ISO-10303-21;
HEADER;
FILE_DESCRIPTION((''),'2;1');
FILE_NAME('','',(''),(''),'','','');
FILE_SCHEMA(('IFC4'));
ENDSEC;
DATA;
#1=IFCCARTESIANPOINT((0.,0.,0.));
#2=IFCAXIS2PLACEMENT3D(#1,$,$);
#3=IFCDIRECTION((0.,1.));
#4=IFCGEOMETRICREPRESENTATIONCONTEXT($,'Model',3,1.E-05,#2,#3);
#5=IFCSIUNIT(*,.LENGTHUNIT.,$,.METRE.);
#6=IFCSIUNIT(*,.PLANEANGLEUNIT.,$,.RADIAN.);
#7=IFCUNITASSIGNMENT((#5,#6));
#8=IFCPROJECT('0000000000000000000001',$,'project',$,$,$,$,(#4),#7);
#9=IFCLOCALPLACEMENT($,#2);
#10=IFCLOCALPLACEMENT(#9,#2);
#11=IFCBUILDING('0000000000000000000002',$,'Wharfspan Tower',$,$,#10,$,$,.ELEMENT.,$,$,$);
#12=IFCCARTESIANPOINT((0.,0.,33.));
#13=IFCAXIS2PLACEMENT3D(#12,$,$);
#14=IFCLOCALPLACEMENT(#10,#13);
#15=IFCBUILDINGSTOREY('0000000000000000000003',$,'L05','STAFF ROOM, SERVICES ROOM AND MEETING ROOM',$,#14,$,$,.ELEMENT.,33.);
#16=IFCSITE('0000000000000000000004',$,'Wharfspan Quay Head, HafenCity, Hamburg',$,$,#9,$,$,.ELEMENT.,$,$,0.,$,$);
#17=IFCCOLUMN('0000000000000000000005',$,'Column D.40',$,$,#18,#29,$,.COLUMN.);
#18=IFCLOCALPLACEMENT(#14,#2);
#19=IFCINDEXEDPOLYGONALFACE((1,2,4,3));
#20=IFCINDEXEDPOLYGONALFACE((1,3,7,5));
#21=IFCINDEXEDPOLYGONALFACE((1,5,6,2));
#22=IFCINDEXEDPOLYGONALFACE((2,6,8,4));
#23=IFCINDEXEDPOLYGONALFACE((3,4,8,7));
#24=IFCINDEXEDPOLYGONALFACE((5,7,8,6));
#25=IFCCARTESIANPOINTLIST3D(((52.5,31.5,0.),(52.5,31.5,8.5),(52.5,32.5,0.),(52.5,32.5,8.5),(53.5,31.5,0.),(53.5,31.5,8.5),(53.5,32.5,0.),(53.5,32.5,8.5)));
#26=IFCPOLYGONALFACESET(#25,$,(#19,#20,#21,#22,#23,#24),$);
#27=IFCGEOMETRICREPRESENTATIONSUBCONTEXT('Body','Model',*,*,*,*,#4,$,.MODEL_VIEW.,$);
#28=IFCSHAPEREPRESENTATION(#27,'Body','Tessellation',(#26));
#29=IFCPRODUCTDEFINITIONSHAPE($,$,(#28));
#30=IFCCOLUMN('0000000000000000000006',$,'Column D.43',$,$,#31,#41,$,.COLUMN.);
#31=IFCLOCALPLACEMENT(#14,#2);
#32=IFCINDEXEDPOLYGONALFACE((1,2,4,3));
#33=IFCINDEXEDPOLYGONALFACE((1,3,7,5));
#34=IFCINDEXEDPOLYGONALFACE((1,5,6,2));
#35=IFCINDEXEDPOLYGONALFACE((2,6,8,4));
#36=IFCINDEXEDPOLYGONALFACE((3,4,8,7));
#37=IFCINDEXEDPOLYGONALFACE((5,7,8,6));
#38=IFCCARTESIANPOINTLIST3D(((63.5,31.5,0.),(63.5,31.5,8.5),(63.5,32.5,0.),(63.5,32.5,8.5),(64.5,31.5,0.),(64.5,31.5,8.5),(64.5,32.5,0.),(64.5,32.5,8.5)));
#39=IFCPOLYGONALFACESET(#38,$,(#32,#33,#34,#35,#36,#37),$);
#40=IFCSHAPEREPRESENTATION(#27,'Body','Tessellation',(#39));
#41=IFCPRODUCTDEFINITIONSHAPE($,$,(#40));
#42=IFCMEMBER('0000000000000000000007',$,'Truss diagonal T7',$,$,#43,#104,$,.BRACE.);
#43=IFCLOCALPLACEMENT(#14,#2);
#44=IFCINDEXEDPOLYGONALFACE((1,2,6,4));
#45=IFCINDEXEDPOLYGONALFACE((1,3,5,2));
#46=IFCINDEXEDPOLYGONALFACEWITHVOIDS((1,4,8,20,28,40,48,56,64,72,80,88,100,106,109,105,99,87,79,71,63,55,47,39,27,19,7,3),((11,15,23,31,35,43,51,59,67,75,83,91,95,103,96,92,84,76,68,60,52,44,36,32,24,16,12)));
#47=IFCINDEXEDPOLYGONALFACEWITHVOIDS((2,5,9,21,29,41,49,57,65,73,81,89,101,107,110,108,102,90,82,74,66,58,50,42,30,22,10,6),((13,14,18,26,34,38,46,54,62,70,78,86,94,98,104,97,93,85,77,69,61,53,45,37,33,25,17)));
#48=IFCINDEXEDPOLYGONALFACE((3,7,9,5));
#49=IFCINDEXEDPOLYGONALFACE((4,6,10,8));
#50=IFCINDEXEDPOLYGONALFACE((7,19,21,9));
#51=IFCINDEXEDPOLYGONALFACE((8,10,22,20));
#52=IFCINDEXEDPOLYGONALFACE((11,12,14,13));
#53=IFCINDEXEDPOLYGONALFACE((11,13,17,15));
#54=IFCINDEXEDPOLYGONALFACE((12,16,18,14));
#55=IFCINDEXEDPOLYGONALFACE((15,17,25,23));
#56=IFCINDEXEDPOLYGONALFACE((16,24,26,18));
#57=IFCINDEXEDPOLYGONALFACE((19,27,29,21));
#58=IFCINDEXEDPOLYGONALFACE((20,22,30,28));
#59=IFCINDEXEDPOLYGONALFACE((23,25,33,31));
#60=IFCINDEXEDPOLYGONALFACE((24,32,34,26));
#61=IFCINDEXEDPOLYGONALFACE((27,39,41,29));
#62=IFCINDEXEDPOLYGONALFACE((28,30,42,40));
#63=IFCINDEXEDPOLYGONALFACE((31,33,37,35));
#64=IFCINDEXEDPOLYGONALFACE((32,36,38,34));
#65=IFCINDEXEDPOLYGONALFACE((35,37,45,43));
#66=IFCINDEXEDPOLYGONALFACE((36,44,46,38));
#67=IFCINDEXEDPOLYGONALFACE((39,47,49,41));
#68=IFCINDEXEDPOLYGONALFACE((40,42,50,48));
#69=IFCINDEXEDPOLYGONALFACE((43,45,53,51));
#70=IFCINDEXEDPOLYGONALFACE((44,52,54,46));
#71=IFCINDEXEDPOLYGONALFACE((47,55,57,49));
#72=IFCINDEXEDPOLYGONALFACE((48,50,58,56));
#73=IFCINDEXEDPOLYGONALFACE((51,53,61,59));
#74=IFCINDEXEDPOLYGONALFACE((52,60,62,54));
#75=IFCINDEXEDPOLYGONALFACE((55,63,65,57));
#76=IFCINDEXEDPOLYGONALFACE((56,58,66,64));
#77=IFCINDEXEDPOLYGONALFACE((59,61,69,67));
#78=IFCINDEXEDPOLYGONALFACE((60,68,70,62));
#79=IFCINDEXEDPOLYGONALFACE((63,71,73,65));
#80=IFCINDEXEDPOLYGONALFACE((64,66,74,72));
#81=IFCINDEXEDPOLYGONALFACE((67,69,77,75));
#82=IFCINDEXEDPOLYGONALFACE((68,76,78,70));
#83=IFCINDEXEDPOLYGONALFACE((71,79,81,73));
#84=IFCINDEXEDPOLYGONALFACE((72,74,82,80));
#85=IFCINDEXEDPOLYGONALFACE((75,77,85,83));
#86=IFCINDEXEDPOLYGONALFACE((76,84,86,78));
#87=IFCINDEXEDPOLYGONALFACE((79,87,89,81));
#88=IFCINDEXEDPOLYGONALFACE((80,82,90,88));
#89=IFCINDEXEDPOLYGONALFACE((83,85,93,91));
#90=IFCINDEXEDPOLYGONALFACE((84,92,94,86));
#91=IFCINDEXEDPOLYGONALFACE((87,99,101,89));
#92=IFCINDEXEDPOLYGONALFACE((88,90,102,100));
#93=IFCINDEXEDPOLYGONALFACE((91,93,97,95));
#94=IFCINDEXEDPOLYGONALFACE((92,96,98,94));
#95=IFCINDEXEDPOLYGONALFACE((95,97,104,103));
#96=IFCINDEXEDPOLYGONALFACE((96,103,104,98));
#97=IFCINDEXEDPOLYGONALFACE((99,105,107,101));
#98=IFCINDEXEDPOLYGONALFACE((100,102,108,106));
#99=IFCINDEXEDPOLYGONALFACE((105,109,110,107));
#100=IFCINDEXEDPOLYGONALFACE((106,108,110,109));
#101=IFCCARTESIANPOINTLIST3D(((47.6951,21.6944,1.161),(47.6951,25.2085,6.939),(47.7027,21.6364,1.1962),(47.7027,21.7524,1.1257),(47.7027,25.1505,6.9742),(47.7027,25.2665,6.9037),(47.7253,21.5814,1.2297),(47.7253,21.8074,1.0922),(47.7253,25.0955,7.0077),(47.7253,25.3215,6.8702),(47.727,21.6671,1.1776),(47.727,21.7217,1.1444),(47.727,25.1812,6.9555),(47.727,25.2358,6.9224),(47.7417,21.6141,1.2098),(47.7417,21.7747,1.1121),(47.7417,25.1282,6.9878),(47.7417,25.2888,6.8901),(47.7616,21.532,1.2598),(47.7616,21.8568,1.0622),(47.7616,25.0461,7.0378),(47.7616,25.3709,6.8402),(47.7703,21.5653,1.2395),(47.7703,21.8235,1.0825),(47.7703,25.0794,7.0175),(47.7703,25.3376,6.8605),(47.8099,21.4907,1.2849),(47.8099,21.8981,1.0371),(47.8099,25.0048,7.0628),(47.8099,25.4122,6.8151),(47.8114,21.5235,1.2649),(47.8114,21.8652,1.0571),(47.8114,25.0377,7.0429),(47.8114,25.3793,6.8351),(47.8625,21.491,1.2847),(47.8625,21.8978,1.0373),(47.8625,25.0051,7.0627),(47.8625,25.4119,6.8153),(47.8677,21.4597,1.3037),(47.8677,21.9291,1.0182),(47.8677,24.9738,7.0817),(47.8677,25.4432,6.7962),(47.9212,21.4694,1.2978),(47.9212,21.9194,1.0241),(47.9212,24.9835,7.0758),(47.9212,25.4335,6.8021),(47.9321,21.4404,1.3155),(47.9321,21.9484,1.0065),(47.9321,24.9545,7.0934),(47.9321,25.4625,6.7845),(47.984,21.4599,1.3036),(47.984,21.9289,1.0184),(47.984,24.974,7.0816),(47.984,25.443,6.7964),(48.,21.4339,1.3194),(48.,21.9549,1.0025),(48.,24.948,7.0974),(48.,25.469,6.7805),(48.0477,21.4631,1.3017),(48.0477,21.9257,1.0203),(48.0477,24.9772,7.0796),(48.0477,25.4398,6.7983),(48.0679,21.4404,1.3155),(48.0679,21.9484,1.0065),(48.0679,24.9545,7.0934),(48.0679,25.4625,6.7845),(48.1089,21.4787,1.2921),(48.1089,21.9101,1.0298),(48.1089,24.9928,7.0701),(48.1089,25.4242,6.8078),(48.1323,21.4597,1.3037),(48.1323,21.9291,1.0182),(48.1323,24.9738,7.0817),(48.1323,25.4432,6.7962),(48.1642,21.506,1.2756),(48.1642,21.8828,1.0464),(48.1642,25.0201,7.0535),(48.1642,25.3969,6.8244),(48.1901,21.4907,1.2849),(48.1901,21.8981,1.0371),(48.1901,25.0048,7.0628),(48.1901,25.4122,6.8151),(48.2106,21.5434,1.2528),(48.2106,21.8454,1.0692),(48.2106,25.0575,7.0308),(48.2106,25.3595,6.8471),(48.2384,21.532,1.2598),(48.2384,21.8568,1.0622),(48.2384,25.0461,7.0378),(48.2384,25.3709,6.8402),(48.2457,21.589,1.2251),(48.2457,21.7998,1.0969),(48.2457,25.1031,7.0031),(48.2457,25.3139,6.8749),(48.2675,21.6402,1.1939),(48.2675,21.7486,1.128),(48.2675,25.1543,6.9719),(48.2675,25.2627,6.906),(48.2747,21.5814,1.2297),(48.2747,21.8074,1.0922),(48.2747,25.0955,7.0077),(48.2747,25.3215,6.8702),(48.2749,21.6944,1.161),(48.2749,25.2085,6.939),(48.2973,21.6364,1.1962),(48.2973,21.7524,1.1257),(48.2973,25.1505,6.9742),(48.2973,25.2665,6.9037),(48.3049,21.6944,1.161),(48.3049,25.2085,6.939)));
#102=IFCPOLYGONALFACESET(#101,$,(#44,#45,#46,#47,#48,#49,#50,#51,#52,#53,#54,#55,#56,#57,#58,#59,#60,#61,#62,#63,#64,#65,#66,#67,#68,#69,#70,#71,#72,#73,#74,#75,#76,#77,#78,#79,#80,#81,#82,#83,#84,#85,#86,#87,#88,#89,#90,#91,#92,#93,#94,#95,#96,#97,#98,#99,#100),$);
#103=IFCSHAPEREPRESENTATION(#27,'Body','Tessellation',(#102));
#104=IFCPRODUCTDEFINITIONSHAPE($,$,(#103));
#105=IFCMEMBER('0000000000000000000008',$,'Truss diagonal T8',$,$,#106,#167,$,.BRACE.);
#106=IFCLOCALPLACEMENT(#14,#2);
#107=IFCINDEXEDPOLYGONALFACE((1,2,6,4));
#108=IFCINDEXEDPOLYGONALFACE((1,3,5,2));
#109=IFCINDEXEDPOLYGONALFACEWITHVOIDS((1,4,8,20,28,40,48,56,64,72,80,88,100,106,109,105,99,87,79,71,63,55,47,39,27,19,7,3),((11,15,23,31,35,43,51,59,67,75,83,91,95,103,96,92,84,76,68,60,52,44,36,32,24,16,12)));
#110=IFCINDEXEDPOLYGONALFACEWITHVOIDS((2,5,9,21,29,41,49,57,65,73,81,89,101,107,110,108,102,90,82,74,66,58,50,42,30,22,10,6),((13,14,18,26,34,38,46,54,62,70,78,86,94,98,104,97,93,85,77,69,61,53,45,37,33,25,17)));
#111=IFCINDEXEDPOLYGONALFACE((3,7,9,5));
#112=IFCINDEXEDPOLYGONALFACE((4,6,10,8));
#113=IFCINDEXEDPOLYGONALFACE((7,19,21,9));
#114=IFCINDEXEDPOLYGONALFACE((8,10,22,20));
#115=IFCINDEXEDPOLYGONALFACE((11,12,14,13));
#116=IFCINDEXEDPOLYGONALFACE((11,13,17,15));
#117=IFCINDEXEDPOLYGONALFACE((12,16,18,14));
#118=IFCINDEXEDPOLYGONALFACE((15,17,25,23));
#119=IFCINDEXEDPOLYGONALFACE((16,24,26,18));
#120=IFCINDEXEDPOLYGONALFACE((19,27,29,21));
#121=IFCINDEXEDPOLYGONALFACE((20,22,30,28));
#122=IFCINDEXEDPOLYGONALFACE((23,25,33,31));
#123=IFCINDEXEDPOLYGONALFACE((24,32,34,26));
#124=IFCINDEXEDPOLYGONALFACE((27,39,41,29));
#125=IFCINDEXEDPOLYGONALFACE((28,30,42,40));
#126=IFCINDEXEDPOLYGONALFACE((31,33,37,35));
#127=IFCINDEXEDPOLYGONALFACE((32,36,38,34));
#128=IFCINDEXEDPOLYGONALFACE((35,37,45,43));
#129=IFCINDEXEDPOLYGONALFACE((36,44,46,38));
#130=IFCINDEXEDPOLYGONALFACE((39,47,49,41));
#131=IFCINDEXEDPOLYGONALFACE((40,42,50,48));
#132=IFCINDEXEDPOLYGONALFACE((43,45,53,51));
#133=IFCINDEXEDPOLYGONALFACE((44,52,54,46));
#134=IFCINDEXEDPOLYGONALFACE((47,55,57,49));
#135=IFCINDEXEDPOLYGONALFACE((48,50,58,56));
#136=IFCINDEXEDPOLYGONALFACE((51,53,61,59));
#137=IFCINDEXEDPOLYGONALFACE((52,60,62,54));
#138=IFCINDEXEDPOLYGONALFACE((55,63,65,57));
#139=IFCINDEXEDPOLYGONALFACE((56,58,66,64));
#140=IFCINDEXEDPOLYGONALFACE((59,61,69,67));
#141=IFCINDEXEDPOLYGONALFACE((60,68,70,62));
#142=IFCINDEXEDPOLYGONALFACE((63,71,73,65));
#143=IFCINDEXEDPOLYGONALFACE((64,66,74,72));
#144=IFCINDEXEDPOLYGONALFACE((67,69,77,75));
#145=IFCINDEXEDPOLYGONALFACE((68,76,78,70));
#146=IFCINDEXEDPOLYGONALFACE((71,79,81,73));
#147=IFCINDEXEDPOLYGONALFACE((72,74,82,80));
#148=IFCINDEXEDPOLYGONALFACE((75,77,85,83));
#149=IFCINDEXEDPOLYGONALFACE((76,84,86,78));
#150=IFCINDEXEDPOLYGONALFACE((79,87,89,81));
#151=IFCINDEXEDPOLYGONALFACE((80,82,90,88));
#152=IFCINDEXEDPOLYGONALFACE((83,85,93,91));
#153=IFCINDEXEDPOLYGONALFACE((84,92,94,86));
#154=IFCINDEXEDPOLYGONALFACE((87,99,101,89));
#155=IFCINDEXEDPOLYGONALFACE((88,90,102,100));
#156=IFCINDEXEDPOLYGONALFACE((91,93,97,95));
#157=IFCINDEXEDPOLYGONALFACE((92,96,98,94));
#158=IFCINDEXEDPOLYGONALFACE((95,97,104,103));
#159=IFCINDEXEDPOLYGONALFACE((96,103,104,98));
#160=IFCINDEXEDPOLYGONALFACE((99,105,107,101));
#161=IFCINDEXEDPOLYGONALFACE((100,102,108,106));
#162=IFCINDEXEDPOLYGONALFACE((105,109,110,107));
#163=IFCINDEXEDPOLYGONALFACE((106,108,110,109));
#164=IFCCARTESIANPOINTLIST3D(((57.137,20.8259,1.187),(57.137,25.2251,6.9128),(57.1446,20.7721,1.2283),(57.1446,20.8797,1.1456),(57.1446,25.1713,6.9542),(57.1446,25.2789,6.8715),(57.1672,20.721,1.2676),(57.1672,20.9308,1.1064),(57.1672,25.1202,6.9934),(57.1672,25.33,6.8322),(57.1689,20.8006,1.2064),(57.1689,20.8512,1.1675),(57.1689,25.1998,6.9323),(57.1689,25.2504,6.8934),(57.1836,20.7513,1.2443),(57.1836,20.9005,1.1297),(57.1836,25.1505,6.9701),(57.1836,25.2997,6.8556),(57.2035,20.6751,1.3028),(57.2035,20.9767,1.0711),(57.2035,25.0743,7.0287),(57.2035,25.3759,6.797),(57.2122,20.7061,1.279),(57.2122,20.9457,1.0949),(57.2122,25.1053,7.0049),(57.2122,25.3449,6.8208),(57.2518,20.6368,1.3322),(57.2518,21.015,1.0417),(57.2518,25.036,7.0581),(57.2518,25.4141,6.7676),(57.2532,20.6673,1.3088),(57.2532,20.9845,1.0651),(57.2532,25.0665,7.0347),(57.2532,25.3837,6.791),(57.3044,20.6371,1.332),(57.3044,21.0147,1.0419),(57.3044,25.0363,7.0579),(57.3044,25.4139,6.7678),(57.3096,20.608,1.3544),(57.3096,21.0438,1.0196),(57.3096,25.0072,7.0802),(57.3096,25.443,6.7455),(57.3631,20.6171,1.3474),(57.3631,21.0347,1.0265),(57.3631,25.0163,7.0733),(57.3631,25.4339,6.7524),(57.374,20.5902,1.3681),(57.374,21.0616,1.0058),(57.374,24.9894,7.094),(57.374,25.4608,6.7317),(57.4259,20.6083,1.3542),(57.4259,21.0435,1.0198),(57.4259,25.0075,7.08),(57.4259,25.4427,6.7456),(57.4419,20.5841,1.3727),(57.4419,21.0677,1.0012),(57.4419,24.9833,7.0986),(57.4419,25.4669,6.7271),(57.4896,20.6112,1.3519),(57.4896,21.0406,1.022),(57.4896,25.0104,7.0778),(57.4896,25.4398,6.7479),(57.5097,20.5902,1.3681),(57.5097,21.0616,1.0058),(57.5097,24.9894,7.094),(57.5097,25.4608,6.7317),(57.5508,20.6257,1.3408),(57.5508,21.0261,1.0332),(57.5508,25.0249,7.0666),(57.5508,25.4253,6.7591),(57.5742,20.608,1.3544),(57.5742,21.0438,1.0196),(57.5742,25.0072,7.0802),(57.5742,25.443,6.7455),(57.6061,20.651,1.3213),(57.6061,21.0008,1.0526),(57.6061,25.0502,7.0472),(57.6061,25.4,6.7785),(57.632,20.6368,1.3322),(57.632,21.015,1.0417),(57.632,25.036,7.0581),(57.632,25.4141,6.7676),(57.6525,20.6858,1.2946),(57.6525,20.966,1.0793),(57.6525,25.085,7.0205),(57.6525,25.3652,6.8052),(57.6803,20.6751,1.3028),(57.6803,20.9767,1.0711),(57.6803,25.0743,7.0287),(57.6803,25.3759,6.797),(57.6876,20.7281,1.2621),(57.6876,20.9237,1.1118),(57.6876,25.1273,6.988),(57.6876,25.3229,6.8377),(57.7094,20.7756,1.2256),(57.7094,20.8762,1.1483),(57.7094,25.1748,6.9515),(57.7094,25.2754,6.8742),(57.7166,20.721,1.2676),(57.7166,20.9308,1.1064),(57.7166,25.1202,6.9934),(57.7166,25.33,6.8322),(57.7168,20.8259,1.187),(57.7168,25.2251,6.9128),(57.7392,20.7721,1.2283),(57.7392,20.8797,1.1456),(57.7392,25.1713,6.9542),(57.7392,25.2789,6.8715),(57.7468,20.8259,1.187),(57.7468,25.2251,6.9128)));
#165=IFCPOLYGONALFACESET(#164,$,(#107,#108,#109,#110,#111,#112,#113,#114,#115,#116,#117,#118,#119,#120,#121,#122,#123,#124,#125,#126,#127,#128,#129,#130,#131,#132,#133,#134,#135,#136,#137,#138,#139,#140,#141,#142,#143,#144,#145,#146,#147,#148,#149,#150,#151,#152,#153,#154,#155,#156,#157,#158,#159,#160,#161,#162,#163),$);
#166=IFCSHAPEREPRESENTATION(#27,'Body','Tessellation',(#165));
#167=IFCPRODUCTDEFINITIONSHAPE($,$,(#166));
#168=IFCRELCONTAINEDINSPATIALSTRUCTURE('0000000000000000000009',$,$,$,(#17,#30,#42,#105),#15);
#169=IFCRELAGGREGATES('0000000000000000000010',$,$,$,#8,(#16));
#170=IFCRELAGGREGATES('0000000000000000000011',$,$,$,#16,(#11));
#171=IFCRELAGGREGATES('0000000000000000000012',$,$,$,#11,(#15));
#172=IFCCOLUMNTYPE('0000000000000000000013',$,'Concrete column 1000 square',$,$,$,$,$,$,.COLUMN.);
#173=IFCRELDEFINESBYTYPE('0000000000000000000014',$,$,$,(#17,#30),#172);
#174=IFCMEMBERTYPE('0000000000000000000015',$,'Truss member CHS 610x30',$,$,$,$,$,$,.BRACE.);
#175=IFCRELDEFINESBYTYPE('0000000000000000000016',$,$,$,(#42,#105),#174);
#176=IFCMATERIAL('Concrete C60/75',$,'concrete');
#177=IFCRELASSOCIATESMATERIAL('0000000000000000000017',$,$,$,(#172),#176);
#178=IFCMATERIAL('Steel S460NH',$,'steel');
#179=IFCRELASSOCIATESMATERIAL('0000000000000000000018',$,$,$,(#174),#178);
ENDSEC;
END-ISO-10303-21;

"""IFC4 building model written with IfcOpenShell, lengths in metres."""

from ifc_helpers import new_model, si_unit, direction, frame, origin, origin_2d, place, context, subcontext, project, spatial, rectangle, hollow_circle, extrude, material, material_profile, profile_set, type_object, element, save


model = new_model("IFC4")

# Units and contexts
model_context = context("Model", 3, precision=1e-05, world=origin(), true_north=direction((0.0, 1.0)))
body_context = subcontext(model_context, "Body", "Model", "MODEL_VIEW")
ifc_project = project(units=[si_unit("LENGTHUNIT", "METRE"), si_unit("PLANEANGLEUNIT", "RADIAN")], contexts=[model_context])

# Site, building, storey
site_placement = place(None, origin())
site = spatial("IfcSite", under=ifc_project, at=site_placement, Name="Wharfspan Quay Head, HafenCity, Hamburg", CompositionType="ELEMENT", RefElevation=0.0)
building_placement = place(site_placement, origin())
building = spatial("IfcBuilding", under=site, at=building_placement, Name="Wharfspan Tower", CompositionType="ELEMENT")
storey_placement = place(building_placement, frame((0.0, 0.0, 33.0)))
storey = spatial("IfcBuildingStorey", under=building, at=storey_placement, Name="L05", Description="STAFF ROOM, SERVICES ROOM AND MEETING ROOM", CompositionType="ELEMENT", Elevation=33.0)

# Columns
ifc_material_1 = material(Name="Concrete C60/75", Category="concrete")
ifc_material_profile_1 = material_profile(ifc_material_1, rectangle(XDim=1.0, YDim=1.0, at=origin_2d()))
ifc_profile_set_1 = profile_set([ifc_material_profile_1], Name="Concrete C60/75")
column_type = type_object("IfcColumnType", Name="Concrete column 1000 square", PredefinedType="COLUMN", material=ifc_profile_set_1)
for number, where, z_axis, x_axis, name in (
    (1, (53.0, 32.0, 0.0), (0.0, 0.0, 1.0), (1.0, 0.0, 0.0), "Column D.40"),
    (2, (64.0, 32.0, 0.0), (0.0, 0.0, 1.0), (1.0, 0.0, 0.0), "Column D.43"),
):
    element("IfcColumn", number, at=place(storey_placement, frame(where, z_axis=z_axis, x_axis=x_axis)), inside=storey, type_object=column_type, Name=name, PredefinedType="COLUMN", context=body_context, shape_type="SweptSolid", body=[
        extrude(rectangle(XDim=1.0, YDim=1.0, at=origin_2d()), origin(), (0.0, 0.0, 1.0), 8.5),
    ])

# Members
ifc_material_2 = material(Name="Steel S460NH", Category="steel")
ifc_material_profile_2 = material_profile(ifc_material_2, hollow_circle(Radius=0.3049, WallThickness=0.03, at=origin_2d()))
ifc_profile_set_2 = profile_set([ifc_material_profile_2], Name="Steel S460NH")
member_type_1 = type_object("IfcMemberType", Name="Truss member CHS 610x30", PredefinedType="BRACE", material=ifc_profile_set_2)
member_1_placement = place(storey_placement, frame((48.0, 25.2085, 6.939), z_axis=(0.0, -0.519631, -0.854391), x_axis=(1.0, 0.0, 0.0)))
element("IfcMember", 3, at=member_1_placement, inside=storey, type_object=member_type_1, Name="Truss diagonal T7", PredefinedType="BRACE", context=body_context, shape_type="SweptSolid", body=[
    extrude(hollow_circle(Radius=0.3049, WallThickness=0.03, at=origin_2d()), origin(), (0.0, 0.0, 1.0), 6.7627),
])
member_2_placement = place(storey_placement, frame((57.4419, 25.2251, 6.9128), z_axis=(0.0, -0.609248, -0.79298), x_axis=(1.0, 0.0, 0.0)))
element("IfcMember", 4, at=member_2_placement, inside=storey, type_object=member_type_1, Name="Truss diagonal T8", PredefinedType="BRACE", context=body_context, shape_type="SweptSolid", body=[
    extrude(hollow_circle(Radius=0.3049, WallThickness=0.03, at=origin_2d()), origin(), (0.0, 0.0, 1.0), 7.2207),
])

save(model, "model.ifc")
